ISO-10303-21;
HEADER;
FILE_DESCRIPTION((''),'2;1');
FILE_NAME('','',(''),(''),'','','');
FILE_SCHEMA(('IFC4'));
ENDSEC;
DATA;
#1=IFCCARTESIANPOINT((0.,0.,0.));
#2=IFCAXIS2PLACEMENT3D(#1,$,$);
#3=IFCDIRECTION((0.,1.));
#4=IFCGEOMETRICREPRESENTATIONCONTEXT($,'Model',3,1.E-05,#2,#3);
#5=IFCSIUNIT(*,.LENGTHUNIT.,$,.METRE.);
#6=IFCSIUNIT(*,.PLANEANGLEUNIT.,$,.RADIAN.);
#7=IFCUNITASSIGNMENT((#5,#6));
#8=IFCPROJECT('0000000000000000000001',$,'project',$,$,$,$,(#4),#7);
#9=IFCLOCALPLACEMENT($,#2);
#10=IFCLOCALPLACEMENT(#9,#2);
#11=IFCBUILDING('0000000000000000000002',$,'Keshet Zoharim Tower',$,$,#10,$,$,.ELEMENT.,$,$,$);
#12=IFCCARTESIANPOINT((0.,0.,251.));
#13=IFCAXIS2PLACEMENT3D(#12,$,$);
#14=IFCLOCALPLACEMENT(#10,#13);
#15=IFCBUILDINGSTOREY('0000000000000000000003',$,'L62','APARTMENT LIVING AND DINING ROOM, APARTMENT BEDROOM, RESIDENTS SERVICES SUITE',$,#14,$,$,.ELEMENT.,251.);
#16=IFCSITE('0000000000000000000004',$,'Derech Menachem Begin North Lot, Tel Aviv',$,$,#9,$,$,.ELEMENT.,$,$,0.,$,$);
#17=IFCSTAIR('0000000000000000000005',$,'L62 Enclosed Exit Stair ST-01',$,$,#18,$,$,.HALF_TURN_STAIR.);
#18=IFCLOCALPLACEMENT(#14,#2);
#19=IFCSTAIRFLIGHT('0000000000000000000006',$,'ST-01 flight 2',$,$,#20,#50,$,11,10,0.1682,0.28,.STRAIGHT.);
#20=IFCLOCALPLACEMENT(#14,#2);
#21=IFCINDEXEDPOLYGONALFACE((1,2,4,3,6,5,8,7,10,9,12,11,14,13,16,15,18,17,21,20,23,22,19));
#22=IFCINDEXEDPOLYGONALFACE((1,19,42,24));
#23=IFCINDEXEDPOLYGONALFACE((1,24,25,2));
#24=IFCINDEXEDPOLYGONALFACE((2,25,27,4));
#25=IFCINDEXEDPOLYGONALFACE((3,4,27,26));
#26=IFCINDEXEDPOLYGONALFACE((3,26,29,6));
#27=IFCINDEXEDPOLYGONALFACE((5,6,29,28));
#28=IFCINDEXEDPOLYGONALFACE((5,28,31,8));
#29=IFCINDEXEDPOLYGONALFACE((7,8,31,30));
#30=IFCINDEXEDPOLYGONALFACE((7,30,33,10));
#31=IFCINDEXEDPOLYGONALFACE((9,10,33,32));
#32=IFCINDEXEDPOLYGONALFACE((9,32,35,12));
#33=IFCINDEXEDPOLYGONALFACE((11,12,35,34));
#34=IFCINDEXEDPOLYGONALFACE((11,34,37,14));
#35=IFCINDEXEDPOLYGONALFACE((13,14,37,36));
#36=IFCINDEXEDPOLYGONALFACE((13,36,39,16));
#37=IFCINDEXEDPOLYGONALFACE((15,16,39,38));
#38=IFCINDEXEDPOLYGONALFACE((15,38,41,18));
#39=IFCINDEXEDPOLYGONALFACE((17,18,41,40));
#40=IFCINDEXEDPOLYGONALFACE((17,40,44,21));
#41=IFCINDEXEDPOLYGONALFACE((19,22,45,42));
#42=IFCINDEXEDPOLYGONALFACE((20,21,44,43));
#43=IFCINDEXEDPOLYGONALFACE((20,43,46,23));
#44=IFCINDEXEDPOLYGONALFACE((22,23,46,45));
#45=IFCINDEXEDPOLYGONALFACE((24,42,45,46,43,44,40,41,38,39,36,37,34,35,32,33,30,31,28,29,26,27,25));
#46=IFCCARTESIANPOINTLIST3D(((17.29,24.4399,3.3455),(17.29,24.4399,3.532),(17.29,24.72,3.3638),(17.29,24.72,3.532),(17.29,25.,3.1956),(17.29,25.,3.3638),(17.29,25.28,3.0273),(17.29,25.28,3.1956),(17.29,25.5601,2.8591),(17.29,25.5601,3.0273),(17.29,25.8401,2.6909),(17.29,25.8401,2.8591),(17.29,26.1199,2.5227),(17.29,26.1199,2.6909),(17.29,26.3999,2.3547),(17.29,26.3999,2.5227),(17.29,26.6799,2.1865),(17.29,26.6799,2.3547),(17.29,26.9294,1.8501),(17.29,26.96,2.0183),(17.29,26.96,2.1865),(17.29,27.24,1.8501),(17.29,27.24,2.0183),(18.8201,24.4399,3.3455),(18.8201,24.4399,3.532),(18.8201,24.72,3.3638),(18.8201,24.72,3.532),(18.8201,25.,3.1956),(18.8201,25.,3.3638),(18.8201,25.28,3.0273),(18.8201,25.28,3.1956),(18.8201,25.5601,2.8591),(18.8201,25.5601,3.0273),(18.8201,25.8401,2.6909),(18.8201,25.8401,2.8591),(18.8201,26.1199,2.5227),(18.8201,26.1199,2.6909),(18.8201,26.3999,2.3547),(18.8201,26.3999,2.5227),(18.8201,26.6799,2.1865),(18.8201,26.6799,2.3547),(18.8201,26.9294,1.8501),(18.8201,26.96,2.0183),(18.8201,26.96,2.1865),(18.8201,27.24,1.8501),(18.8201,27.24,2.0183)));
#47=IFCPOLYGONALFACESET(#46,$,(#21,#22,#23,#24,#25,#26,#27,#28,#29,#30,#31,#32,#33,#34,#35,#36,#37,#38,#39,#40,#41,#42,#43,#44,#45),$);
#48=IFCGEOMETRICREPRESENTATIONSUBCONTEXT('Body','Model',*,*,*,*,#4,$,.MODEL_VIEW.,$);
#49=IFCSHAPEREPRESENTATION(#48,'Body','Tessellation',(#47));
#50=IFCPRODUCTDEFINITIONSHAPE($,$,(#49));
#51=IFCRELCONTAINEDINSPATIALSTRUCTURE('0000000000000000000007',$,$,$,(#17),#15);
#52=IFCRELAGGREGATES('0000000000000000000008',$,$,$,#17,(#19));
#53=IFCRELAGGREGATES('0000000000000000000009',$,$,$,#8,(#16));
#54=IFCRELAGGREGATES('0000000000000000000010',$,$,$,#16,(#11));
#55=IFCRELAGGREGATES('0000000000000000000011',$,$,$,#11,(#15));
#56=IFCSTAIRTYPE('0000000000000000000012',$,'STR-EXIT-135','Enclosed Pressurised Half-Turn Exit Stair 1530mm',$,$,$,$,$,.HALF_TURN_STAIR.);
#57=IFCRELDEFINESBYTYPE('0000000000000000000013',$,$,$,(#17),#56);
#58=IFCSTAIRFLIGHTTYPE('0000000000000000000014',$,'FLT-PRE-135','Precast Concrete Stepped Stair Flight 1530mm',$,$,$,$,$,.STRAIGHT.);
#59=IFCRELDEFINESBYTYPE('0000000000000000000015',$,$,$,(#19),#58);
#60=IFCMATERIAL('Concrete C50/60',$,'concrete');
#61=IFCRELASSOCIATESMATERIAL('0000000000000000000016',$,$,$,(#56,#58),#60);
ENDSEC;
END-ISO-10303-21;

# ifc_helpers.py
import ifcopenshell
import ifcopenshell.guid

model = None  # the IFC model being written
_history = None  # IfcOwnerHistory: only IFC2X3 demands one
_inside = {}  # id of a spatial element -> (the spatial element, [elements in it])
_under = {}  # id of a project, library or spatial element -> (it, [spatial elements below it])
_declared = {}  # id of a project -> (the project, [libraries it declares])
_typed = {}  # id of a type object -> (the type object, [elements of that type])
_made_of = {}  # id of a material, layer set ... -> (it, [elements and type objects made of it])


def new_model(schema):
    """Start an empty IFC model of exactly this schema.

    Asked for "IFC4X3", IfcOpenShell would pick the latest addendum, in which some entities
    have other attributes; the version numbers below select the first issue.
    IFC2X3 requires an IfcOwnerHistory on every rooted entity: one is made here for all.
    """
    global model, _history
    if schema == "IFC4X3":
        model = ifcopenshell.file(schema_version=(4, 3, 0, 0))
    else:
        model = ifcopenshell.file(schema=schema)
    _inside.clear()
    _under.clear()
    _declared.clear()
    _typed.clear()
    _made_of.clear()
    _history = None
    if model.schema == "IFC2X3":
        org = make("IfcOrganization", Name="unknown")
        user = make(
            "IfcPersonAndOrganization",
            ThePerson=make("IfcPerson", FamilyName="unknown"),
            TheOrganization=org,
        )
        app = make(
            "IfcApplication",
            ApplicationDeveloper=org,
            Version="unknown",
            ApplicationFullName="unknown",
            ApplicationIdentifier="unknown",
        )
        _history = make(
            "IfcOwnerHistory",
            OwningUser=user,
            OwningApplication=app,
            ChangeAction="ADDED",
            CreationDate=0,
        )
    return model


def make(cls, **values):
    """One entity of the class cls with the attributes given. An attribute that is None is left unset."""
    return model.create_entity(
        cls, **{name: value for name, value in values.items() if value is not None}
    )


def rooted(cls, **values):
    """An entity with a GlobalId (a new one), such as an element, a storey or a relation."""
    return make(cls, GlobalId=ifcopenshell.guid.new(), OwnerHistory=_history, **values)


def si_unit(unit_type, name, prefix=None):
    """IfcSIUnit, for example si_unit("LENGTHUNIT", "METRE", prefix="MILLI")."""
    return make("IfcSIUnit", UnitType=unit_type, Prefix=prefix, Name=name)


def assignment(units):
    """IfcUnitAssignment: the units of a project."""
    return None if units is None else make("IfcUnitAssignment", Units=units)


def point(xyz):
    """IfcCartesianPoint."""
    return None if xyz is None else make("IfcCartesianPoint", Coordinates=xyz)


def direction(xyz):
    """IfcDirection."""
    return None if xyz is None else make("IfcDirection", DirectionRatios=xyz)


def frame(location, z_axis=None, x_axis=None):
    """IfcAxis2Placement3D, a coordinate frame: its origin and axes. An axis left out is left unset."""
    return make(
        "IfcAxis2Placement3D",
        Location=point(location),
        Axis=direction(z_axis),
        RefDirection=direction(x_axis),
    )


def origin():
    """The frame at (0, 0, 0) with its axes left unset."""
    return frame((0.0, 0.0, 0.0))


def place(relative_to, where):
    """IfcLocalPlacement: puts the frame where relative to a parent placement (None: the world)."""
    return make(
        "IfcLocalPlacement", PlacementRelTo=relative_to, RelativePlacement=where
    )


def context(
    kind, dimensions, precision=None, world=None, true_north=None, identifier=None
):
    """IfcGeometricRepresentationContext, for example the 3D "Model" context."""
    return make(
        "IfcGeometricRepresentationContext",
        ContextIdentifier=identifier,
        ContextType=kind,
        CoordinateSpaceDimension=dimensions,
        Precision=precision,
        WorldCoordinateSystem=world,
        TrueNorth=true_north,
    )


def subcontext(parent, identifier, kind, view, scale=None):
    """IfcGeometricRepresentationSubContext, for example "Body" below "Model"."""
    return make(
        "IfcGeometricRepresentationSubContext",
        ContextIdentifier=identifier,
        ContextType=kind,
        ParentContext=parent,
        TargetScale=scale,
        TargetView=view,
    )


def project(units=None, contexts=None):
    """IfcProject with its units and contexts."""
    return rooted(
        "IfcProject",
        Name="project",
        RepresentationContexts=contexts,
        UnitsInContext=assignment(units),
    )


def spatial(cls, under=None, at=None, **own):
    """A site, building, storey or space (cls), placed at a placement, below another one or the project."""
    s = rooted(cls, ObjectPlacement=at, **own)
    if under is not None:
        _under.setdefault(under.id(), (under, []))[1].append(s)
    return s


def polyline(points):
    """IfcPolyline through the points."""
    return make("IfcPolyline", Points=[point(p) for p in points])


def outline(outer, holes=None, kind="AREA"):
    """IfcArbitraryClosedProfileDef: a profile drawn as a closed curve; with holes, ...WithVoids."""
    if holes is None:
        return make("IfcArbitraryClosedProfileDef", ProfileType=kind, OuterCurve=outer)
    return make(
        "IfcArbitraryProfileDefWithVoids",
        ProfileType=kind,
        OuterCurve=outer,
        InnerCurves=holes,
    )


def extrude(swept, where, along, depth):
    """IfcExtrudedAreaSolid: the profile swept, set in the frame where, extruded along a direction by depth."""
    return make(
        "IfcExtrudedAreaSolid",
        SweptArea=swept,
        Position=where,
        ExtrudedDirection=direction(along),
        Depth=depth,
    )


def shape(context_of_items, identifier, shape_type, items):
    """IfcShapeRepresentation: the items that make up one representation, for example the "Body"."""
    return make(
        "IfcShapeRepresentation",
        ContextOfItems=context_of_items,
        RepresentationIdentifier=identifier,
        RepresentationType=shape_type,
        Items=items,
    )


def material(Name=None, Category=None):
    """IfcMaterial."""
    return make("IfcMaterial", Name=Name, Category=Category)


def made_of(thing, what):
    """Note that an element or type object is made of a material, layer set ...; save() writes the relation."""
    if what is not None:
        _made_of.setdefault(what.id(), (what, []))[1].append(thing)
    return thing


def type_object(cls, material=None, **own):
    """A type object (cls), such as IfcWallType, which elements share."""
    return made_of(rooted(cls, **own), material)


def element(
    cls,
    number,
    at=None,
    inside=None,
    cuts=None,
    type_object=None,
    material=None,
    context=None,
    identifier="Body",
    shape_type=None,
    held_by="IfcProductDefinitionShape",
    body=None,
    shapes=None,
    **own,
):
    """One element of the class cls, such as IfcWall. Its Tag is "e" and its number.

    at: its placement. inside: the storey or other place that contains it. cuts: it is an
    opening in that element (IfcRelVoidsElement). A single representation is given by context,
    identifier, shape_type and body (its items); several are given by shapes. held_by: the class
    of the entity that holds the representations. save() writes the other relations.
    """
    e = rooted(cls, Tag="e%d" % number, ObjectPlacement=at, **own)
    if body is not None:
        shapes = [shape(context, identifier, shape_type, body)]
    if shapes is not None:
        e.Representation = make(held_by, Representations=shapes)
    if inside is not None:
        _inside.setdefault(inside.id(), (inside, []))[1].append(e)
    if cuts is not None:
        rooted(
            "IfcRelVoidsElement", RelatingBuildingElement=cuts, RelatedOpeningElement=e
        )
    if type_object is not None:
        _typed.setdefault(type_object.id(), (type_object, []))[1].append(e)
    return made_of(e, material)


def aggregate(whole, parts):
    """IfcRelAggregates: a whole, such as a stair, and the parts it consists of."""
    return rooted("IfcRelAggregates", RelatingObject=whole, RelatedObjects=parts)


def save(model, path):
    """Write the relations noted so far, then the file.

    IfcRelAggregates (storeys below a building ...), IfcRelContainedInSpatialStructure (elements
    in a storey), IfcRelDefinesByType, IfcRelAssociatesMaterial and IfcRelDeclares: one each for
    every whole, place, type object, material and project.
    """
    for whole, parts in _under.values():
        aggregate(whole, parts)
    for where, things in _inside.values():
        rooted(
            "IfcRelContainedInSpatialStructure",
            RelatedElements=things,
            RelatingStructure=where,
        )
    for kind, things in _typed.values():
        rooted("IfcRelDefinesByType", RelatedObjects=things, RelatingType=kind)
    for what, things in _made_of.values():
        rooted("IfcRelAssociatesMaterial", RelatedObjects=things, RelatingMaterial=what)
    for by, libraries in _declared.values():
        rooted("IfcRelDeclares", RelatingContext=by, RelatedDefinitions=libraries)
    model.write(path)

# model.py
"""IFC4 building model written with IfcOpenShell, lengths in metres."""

from ifc_helpers import new_model, si_unit, direction, frame, origin, place, context, subcontext, project, spatial, polyline, outline, extrude, material, type_object, element, aggregate, save


model = new_model("IFC4")

# Units and contexts
model_context = context("Model", 3, precision=1e-05, world=origin(), true_north=direction((0.0, 1.0)))
body_context = subcontext(model_context, "Body", "Model", "MODEL_VIEW")
ifc_project = project(units=[si_unit("LENGTHUNIT", "METRE"), si_unit("PLANEANGLEUNIT", "RADIAN")], contexts=[model_context])

# Site, building, storey
site_placement = place(None, origin())
site = spatial("IfcSite", under=ifc_project, at=site_placement, Name="Derech Menachem Begin North Lot, Tel Aviv", CompositionType="ELEMENT", RefElevation=0.0)
building_placement = place(site_placement, origin())
building = spatial("IfcBuilding", under=site, at=building_placement, Name="Keshet Zoharim Tower", CompositionType="ELEMENT")
storey_placement = place(building_placement, frame((0.0, 0.0, 251.0)))
storey = spatial("IfcBuildingStorey", under=building, at=storey_placement, Name="L62", Description="APARTMENT LIVING AND DINING ROOM, APARTMENT BEDROOM, RESIDENTS SERVICES SUITE", CompositionType="ELEMENT", Elevation=251.0)

# Shared definitions
ifc_material_1 = material(Name="Concrete C50/60", Category="concrete")

# Stair, stair flight
stair_type = type_object("IfcStairType", Name="STR-EXIT-135", Description="Enclosed Pressurised Half-Turn Exit Stair 1530mm", PredefinedType="HALF_TURN_STAIR", material=ifc_material_1)
stair_placement = place(storey_placement, origin())
stair = element("IfcStair", 1, at=stair_placement, inside=storey, type_object=stair_type, Name="L62 Enclosed Exit Stair ST-01", PredefinedType="HALF_TURN_STAIR")
stair_flight_type = type_object("IfcStairFlightType", Name="FLT-PRE-135", Description="Precast Concrete Stepped Stair Flight 1530mm", PredefinedType="STRAIGHT", material=ifc_material_1)
stair_flight_1_placement = place(storey_placement, frame((18.0549, 27.24, 1.8501), z_axis=(0.0, 0.0, 1.0), x_axis=(0.0, -1.0, 0.0)))
stair_flight_1 = element("IfcStairFlight", 2, at=stair_flight_1_placement, type_object=stair_flight_type, Name="ST-01 flight 2", NumberOfRisers=11, NumberOfTreads=10, PredefinedType="STRAIGHT", RiserHeight=0.1682, TreadLength=0.28, context=body_context, shape_type="SweptSolid", body=[
    extrude(outline(polyline([(0.0, 0.0), (0.0, 0.1682), (0.28, 0.1682), (0.28, 0.3364), (0.5601, 0.3364), (0.5601, 0.5046), (0.8401, 0.5046), (0.8401, 0.6726), (1.1201, 0.6726), (1.1201, 0.8408), (1.3999, 0.8408), (1.3999, 1.009), (1.6799, 1.009), (1.6799, 1.1772), (1.96, 1.1772), (1.96, 1.3455), (2.24, 1.3455), (2.24, 1.5137), (2.52, 1.5137), (2.52, 1.6819), (2.8, 1.6819), (2.8, 1.8501), (2.8, 1.4954), (0.3105, 0.0), (0.0, 0.0)])), frame((0.0, 0.7651, 0.0), z_axis=(0.0, -1.0, 0.0), x_axis=(1.0, 0.0, 0.0)), (0.0, 0.0, 1.0), 1.53),
])
aggregate(stair, [stair_flight_1])

save(model, "model.ifc")
